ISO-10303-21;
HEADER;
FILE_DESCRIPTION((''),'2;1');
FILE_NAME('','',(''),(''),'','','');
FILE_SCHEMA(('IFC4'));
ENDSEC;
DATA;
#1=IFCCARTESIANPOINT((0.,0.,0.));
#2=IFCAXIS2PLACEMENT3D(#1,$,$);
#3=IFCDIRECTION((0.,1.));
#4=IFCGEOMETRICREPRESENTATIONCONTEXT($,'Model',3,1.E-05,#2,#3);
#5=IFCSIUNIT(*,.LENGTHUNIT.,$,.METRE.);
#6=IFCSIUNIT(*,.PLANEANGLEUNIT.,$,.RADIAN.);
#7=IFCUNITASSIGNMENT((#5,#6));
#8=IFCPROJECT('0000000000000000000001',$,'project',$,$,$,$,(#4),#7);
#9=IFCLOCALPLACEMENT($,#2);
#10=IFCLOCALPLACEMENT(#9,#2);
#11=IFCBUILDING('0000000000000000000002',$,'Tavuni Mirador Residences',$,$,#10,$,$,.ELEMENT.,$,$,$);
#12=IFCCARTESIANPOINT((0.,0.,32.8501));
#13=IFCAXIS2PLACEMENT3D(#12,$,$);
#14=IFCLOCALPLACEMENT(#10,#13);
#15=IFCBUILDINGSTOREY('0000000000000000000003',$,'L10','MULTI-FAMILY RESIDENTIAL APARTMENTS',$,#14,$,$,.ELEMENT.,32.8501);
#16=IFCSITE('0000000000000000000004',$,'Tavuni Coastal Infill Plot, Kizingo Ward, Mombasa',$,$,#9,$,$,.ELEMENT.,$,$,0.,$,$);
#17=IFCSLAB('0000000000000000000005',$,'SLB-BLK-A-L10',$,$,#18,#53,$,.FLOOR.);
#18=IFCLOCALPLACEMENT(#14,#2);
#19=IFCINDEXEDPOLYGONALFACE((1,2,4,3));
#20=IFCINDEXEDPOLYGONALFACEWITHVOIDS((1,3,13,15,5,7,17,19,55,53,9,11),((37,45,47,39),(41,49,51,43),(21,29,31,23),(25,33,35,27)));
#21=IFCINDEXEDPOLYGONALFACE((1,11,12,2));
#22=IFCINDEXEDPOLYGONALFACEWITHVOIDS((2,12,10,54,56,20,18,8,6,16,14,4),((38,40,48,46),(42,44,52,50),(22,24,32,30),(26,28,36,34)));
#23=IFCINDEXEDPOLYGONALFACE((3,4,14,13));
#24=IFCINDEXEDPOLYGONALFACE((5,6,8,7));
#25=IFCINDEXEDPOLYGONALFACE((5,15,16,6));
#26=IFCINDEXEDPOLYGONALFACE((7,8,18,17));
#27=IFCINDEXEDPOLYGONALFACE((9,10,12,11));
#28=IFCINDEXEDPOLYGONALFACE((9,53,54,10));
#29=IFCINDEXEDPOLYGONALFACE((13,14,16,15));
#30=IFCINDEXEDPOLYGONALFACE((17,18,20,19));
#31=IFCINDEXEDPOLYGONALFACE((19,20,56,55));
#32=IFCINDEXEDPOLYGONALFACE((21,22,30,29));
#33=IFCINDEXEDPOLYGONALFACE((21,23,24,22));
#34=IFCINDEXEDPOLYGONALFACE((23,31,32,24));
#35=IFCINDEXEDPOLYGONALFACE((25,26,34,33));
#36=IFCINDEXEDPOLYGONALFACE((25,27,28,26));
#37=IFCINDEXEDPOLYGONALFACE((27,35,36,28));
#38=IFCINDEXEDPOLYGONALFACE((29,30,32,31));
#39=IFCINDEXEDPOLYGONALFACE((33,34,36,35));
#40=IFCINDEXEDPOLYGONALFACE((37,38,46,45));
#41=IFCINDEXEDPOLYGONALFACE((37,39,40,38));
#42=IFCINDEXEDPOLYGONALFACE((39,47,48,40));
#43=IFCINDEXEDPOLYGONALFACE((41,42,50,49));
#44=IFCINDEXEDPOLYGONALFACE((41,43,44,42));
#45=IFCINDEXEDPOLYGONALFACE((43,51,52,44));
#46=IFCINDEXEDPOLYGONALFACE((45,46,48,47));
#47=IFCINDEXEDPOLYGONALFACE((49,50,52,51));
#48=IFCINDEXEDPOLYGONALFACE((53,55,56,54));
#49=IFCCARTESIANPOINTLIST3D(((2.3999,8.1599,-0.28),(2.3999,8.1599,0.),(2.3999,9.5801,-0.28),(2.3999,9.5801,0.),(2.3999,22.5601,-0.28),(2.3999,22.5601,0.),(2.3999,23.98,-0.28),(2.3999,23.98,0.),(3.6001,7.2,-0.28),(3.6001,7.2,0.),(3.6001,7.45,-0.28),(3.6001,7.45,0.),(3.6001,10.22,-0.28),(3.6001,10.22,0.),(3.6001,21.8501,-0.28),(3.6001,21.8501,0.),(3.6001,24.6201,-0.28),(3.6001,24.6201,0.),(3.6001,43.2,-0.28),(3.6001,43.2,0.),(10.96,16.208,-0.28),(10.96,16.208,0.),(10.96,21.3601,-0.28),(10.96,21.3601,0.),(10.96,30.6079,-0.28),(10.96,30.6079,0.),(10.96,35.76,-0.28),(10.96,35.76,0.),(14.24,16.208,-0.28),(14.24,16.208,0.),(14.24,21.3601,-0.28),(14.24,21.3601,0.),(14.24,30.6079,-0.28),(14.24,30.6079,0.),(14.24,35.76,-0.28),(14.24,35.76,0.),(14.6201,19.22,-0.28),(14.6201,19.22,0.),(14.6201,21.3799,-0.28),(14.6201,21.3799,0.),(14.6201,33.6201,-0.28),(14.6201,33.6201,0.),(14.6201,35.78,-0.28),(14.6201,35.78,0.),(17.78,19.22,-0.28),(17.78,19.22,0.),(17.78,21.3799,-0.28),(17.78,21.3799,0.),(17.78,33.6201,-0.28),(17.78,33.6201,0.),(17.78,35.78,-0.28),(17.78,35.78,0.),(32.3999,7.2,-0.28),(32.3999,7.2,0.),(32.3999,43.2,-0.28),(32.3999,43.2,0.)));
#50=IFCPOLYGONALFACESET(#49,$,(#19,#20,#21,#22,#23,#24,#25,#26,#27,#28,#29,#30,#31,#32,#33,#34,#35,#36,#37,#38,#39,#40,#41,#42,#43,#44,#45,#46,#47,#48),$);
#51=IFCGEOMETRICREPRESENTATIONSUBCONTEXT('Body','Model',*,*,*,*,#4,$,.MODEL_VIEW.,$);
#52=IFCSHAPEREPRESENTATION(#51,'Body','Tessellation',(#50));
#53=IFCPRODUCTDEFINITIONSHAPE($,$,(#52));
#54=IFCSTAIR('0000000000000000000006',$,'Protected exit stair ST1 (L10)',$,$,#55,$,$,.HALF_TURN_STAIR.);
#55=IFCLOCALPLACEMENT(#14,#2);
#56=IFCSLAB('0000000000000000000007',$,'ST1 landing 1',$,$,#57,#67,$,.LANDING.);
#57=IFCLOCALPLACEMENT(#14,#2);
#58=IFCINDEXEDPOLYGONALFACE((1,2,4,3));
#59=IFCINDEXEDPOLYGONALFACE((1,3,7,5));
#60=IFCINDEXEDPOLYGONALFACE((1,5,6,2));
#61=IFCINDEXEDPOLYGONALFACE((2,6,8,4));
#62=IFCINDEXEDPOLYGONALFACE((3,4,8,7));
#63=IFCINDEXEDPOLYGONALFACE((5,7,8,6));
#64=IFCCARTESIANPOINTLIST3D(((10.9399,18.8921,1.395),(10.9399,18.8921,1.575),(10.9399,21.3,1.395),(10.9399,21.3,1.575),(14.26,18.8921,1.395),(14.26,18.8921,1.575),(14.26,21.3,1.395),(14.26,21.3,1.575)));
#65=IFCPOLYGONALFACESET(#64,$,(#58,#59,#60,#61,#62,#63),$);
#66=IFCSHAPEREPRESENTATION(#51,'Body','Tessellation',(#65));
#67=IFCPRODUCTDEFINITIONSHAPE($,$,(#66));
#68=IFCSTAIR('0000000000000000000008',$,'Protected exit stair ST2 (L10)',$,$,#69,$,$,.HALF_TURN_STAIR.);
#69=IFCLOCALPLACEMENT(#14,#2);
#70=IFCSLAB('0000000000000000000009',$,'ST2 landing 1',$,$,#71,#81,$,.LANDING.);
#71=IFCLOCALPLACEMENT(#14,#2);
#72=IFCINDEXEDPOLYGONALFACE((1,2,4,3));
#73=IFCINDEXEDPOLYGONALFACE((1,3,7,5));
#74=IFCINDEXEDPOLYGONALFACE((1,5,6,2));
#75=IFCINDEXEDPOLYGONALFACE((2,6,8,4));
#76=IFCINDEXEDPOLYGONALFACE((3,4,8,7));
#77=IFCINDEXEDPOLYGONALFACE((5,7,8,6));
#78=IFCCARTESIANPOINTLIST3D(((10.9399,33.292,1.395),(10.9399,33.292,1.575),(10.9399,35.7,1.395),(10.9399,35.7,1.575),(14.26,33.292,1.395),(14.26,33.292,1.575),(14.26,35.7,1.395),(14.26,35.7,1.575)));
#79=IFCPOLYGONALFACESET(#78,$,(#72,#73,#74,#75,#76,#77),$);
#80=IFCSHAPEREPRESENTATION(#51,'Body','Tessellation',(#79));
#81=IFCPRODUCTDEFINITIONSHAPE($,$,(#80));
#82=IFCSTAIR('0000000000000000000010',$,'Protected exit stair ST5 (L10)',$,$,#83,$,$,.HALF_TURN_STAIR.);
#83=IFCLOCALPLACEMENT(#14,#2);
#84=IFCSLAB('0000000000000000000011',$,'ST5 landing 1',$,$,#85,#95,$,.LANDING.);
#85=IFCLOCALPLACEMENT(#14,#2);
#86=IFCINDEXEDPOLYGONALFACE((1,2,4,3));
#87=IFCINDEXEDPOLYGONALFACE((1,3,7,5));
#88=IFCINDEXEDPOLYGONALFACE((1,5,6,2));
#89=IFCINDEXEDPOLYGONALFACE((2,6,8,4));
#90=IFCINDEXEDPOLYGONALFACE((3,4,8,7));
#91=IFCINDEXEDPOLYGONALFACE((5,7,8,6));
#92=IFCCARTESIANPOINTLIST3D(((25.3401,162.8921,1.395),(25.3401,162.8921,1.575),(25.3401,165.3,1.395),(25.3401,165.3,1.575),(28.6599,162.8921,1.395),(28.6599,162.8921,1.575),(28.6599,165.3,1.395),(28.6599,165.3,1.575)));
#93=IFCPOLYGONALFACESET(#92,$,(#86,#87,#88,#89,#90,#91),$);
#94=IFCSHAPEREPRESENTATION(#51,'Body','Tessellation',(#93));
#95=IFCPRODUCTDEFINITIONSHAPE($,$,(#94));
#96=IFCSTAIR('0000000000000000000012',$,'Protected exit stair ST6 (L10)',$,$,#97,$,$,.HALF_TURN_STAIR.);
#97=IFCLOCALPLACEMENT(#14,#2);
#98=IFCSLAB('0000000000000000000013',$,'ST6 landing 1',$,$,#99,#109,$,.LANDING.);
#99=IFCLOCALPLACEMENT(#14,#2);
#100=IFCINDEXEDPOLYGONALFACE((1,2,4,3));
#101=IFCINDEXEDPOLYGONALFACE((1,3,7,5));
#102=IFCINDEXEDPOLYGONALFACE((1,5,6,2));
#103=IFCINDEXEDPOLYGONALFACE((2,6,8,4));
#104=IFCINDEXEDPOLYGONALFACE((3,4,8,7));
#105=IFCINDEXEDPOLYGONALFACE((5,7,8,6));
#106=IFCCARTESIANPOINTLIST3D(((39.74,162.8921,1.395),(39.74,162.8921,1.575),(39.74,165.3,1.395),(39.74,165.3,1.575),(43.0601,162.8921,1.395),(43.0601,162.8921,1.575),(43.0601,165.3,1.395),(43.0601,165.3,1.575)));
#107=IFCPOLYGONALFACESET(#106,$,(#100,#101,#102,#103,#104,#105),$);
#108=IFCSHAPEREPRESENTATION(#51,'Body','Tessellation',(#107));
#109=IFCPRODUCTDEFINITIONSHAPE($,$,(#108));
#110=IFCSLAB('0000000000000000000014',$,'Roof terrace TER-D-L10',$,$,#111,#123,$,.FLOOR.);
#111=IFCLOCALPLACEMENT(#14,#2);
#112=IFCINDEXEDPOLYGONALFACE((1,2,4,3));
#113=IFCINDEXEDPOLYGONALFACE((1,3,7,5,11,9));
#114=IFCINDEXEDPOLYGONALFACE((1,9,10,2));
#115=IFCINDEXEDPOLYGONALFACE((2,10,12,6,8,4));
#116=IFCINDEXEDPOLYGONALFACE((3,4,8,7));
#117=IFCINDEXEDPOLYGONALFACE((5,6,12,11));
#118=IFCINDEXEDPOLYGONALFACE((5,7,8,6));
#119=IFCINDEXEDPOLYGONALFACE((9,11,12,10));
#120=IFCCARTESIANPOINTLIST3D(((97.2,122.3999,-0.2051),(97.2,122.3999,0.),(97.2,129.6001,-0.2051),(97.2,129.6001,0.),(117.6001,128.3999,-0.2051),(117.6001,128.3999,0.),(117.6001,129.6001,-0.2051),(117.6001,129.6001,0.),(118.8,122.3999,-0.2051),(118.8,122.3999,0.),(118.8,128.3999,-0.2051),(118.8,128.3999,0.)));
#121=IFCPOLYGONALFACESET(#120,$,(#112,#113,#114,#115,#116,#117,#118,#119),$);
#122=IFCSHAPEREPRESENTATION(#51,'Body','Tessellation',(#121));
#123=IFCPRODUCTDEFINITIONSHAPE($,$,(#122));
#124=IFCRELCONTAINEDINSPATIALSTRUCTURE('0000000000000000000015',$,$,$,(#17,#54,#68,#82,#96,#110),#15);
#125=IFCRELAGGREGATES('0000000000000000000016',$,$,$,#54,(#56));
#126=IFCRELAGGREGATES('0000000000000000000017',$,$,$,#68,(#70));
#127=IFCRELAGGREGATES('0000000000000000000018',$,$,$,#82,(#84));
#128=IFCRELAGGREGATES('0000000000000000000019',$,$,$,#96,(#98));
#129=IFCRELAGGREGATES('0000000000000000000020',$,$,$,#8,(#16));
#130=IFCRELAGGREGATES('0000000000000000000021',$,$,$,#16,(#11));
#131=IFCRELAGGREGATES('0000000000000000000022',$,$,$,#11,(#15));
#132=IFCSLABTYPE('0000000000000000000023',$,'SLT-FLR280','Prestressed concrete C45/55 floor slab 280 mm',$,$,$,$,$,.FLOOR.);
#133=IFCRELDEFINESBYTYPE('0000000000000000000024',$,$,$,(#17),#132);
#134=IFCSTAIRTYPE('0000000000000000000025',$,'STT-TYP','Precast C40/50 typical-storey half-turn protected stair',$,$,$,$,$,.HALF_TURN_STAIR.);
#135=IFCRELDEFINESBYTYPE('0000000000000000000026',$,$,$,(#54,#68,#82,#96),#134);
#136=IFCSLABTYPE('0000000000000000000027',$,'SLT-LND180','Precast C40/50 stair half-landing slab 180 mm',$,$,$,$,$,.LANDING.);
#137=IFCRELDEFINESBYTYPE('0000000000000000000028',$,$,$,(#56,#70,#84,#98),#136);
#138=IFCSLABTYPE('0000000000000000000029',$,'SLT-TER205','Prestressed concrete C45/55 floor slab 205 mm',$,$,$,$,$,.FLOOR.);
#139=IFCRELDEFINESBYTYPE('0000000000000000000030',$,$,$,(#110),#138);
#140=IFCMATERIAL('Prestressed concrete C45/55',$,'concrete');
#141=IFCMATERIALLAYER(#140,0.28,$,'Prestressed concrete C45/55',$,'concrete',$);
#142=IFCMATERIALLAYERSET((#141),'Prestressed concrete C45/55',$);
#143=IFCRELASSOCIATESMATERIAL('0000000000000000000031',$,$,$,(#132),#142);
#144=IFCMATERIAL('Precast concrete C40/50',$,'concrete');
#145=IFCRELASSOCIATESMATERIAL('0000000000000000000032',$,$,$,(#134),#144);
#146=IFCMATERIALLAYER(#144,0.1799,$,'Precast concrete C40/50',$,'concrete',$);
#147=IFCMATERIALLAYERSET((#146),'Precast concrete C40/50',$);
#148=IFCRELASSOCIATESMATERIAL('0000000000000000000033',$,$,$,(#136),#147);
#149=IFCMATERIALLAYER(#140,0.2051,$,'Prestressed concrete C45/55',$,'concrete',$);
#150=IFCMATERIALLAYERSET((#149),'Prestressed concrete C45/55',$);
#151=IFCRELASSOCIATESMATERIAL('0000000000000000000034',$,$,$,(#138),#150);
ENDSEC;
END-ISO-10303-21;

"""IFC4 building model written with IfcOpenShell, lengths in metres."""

from ifc_helpers import new_model, si_unit, direction, frame, origin, place, context, subcontext, project, spatial, polyline, outline, extrude, material, layer, layer_set, type_object, element, aggregate, save


model = new_model("IFC4")

# Units and contexts
model_context = context("Model", 3, precision=1e-05, world=origin(), true_north=direction((0.0, 1.0)))
body_context = subcontext(model_context, "Body", "Model", "MODEL_VIEW")
ifc_project = project(units=[si_unit("LENGTHUNIT", "METRE"), si_unit("PLANEANGLEUNIT", "RADIAN")], contexts=[model_context])

# Site, building, storey
site_placement = place(None, origin())
site = spatial("IfcSite", under=ifc_project, at=site_placement, Name="Tavuni Coastal Infill Plot, Kizingo Ward, Mombasa", CompositionType="ELEMENT", RefElevation=0.0)
building_placement = place(site_placement, origin())
building = spatial("IfcBuilding", under=site, at=building_placement, Name="Tavuni Mirador Residences", CompositionType="ELEMENT")
storey_placement = place(building_placement, frame((0.0, 0.0, 32.8501)))
storey = spatial("IfcBuildingStorey", under=building, at=storey_placement, Name="L10", Description="MULTI-FAMILY RESIDENTIAL APARTMENTS", CompositionType="ELEMENT", Elevation=32.8501)

# Slab
ifc_material_1 = material(Name="Prestressed concrete C45/55", Category="concrete")
ifc_layer_1 = layer(ifc_material_1, 0.28, Name="Prestressed concrete C45/55", Category="concrete")
ifc_layer_set_1 = layer_set([ifc_layer_1], Name="Prestressed concrete C45/55")
slab_type_1 = type_object("IfcSlabType", Name="SLT-FLR280", Description="Prestressed concrete C45/55 floor slab 280 mm", PredefinedType="FLOOR", material=ifc_layer_set_1)
slab_1_placement = place(storey_placement, frame((0.0, 0.0, -0.28)))
element("IfcSlab", 1, at=slab_1_placement, inside=storey, type_object=slab_type_1, Name="SLB-BLK-A-L10", PredefinedType="FLOOR", context=body_context, shape_type="SweptSolid", body=[
    extrude(outline(polyline([(3.6001, 7.2), (32.3999, 7.2), (32.3999, 43.2), (3.6001, 43.2), (3.6001, 24.6201), (2.3999, 23.98), (2.3999, 22.5601), (3.6001, 21.8501), (3.6001, 10.22), (2.3999, 9.5801), (2.3999, 8.1599), (3.6001, 7.45), (3.6001, 7.2)]), holes=[polyline([(10.96, 16.208), (14.24, 16.208), (14.24, 21.3601), (10.96, 21.3601), (10.96, 16.208)]), polyline([(14.6201, 19.22), (17.78, 19.22), (17.78, 21.3799), (14.6201, 21.3799), (14.6201, 19.22)]), polyline([(10.96, 30.6079), (14.24, 30.6079), (14.24, 35.76), (10.96, 35.76), (10.96, 30.6079)]), polyline([(14.6201, 33.6201), (17.78, 33.6201), (17.78, 35.78), (14.6201, 35.78), (14.6201, 33.6201)])]), origin(), (0.0, 0.0, 1.0), 0.28),
])

# Stairs, slabs
ifc_material_2 = material(Name="Precast concrete C40/50", Category="concrete")
stair_type = type_object("IfcStairType", Name="STT-TYP", Description="Precast C40/50 typical-storey half-turn protected stair", PredefinedType="HALF_TURN_STAIR", material=ifc_material_2)
stair_1_placement = place(storey_placement, origin())
stair_1 = element("IfcStair", 2, at=stair_1_placement, inside=storey, type_object=stair_type, Name="Protected exit stair ST1 (L10)", PredefinedType="HALF_TURN_STAIR")
ifc_layer_2 = layer(ifc_material_2, 0.1799, Name="Precast concrete C40/50", Category="concrete")
ifc_layer_set_2 = layer_set([ifc_layer_2], Name="Precast concrete C40/50")
slab_type_2 = type_object("IfcSlabType", Name="SLT-LND180", Description="Precast C40/50 stair half-landing slab 180 mm", PredefinedType="LANDING", material=ifc_layer_set_2)
slab_2_placement = place(storey_placement, frame((0.0, 0.0, 1.395)))
slab_2 = element("IfcSlab", 3, at=slab_2_placement, type_object=slab_type_2, Name="ST1 landing 1", PredefinedType="LANDING", context=body_context, shape_type="SweptSolid", body=[
    extrude(outline(polyline([(10.9399, 18.8921), (14.26, 18.8921), (14.26, 21.3), (10.9399, 21.3), (10.9399, 18.8921)])), origin(), (0.0, 0.0, 1.0), 0.1799),
])
aggregate(stair_1, [slab_2])
stair_2_placement = place(storey_placement, origin())
stair_2 = element("IfcStair", 4, at=stair_2_placement, inside=storey, type_object=stair_type, Name="Protected exit stair ST2 (L10)", PredefinedType="HALF_TURN_STAIR")
slab_3_placement = place(storey_placement, frame((0.0, 0.0, 1.395)))
slab_3 = element("IfcSlab", 5, at=slab_3_placement, type_object=slab_type_2, Name="ST2 landing 1", PredefinedType="LANDING", context=body_context, shape_type="SweptSolid", body=[
    extrude(outline(polyline([(10.9399, 33.292), (14.26, 33.292), (14.26, 35.7), (10.9399, 35.7), (10.9399, 33.292)])), origin(), (0.0, 0.0, 1.0), 0.1799),
])
aggregate(stair_2, [slab_3])
stair_3_placement = place(storey_placement, origin())
stair_3 = element("IfcStair", 6, at=stair_3_placement, inside=storey, type_object=stair_type, Name="Protected exit stair ST5 (L10)", PredefinedType="HALF_TURN_STAIR")
slab_4_placement = place(storey_placement, frame((0.0, 0.0, 1.395)))
slab_4 = element("IfcSlab", 7, at=slab_4_placement, type_object=slab_type_2, Name="ST5 landing 1", PredefinedType="LANDING", context=body_context, shape_type="SweptSolid", body=[
    extrude(outline(polyline([(25.3401, 162.8921), (28.6599, 162.8921), (28.6599, 165.3), (25.3401, 165.3), (25.3401, 162.8921)])), origin(), (0.0, 0.0, 1.0), 0.1799),
])
aggregate(stair_3, [slab_4])
stair_4_placement = place(storey_placement, origin())
stair_4 = element("IfcStair", 8, at=stair_4_placement, inside=storey, type_object=stair_type, Name="Protected exit stair ST6 (L10)", PredefinedType="HALF_TURN_STAIR")
slab_5_placement = place(storey_placement, frame((0.0, 0.0, 1.395)))
slab_5 = element("IfcSlab", 9, at=slab_5_placement, type_object=slab_type_2, Name="ST6 landing 1", PredefinedType="LANDING", context=body_context, shape_type="SweptSolid", body=[
    extrude(outline(polyline([(39.74, 162.8921), (43.0601, 162.8921), (43.0601, 165.3), (39.74, 165.3), (39.74, 162.8921)])), origin(), (0.0, 0.0, 1.0), 0.1799),
])
aggregate(stair_4, [slab_5])

# Slab
ifc_layer_3 = layer(ifc_material_1, 0.2051, Name="Prestressed concrete C45/55", Category="concrete")
ifc_layer_set_3 = layer_set([ifc_layer_3], Name="Prestressed concrete C45/55")
slab_type_3 = type_object("IfcSlabType", Name="SLT-TER205", Description="Prestressed concrete C45/55 floor slab 205 mm", PredefinedType="FLOOR", material=ifc_layer_set_3)
slab_6_placement = place(storey_placement, frame((0.0, 0.0, -0.2051)))
element("IfcSlab", 10, at=slab_6_placement, inside=storey, type_object=slab_type_3, Name="Roof terrace TER-D-L10", PredefinedType="FLOOR", context=body_context, shape_type="SweptSolid", body=[
    extrude(outline(polyline([(97.2, 122.3999), (118.8, 122.3999), (118.8, 128.3999), (117.6001, 128.3999), (117.6001, 129.6001), (97.2, 129.6001), (97.2, 122.3999)])), origin(), (0.0, 0.0, 1.0), 0.2051),
])

save(model, "model.ifc")
